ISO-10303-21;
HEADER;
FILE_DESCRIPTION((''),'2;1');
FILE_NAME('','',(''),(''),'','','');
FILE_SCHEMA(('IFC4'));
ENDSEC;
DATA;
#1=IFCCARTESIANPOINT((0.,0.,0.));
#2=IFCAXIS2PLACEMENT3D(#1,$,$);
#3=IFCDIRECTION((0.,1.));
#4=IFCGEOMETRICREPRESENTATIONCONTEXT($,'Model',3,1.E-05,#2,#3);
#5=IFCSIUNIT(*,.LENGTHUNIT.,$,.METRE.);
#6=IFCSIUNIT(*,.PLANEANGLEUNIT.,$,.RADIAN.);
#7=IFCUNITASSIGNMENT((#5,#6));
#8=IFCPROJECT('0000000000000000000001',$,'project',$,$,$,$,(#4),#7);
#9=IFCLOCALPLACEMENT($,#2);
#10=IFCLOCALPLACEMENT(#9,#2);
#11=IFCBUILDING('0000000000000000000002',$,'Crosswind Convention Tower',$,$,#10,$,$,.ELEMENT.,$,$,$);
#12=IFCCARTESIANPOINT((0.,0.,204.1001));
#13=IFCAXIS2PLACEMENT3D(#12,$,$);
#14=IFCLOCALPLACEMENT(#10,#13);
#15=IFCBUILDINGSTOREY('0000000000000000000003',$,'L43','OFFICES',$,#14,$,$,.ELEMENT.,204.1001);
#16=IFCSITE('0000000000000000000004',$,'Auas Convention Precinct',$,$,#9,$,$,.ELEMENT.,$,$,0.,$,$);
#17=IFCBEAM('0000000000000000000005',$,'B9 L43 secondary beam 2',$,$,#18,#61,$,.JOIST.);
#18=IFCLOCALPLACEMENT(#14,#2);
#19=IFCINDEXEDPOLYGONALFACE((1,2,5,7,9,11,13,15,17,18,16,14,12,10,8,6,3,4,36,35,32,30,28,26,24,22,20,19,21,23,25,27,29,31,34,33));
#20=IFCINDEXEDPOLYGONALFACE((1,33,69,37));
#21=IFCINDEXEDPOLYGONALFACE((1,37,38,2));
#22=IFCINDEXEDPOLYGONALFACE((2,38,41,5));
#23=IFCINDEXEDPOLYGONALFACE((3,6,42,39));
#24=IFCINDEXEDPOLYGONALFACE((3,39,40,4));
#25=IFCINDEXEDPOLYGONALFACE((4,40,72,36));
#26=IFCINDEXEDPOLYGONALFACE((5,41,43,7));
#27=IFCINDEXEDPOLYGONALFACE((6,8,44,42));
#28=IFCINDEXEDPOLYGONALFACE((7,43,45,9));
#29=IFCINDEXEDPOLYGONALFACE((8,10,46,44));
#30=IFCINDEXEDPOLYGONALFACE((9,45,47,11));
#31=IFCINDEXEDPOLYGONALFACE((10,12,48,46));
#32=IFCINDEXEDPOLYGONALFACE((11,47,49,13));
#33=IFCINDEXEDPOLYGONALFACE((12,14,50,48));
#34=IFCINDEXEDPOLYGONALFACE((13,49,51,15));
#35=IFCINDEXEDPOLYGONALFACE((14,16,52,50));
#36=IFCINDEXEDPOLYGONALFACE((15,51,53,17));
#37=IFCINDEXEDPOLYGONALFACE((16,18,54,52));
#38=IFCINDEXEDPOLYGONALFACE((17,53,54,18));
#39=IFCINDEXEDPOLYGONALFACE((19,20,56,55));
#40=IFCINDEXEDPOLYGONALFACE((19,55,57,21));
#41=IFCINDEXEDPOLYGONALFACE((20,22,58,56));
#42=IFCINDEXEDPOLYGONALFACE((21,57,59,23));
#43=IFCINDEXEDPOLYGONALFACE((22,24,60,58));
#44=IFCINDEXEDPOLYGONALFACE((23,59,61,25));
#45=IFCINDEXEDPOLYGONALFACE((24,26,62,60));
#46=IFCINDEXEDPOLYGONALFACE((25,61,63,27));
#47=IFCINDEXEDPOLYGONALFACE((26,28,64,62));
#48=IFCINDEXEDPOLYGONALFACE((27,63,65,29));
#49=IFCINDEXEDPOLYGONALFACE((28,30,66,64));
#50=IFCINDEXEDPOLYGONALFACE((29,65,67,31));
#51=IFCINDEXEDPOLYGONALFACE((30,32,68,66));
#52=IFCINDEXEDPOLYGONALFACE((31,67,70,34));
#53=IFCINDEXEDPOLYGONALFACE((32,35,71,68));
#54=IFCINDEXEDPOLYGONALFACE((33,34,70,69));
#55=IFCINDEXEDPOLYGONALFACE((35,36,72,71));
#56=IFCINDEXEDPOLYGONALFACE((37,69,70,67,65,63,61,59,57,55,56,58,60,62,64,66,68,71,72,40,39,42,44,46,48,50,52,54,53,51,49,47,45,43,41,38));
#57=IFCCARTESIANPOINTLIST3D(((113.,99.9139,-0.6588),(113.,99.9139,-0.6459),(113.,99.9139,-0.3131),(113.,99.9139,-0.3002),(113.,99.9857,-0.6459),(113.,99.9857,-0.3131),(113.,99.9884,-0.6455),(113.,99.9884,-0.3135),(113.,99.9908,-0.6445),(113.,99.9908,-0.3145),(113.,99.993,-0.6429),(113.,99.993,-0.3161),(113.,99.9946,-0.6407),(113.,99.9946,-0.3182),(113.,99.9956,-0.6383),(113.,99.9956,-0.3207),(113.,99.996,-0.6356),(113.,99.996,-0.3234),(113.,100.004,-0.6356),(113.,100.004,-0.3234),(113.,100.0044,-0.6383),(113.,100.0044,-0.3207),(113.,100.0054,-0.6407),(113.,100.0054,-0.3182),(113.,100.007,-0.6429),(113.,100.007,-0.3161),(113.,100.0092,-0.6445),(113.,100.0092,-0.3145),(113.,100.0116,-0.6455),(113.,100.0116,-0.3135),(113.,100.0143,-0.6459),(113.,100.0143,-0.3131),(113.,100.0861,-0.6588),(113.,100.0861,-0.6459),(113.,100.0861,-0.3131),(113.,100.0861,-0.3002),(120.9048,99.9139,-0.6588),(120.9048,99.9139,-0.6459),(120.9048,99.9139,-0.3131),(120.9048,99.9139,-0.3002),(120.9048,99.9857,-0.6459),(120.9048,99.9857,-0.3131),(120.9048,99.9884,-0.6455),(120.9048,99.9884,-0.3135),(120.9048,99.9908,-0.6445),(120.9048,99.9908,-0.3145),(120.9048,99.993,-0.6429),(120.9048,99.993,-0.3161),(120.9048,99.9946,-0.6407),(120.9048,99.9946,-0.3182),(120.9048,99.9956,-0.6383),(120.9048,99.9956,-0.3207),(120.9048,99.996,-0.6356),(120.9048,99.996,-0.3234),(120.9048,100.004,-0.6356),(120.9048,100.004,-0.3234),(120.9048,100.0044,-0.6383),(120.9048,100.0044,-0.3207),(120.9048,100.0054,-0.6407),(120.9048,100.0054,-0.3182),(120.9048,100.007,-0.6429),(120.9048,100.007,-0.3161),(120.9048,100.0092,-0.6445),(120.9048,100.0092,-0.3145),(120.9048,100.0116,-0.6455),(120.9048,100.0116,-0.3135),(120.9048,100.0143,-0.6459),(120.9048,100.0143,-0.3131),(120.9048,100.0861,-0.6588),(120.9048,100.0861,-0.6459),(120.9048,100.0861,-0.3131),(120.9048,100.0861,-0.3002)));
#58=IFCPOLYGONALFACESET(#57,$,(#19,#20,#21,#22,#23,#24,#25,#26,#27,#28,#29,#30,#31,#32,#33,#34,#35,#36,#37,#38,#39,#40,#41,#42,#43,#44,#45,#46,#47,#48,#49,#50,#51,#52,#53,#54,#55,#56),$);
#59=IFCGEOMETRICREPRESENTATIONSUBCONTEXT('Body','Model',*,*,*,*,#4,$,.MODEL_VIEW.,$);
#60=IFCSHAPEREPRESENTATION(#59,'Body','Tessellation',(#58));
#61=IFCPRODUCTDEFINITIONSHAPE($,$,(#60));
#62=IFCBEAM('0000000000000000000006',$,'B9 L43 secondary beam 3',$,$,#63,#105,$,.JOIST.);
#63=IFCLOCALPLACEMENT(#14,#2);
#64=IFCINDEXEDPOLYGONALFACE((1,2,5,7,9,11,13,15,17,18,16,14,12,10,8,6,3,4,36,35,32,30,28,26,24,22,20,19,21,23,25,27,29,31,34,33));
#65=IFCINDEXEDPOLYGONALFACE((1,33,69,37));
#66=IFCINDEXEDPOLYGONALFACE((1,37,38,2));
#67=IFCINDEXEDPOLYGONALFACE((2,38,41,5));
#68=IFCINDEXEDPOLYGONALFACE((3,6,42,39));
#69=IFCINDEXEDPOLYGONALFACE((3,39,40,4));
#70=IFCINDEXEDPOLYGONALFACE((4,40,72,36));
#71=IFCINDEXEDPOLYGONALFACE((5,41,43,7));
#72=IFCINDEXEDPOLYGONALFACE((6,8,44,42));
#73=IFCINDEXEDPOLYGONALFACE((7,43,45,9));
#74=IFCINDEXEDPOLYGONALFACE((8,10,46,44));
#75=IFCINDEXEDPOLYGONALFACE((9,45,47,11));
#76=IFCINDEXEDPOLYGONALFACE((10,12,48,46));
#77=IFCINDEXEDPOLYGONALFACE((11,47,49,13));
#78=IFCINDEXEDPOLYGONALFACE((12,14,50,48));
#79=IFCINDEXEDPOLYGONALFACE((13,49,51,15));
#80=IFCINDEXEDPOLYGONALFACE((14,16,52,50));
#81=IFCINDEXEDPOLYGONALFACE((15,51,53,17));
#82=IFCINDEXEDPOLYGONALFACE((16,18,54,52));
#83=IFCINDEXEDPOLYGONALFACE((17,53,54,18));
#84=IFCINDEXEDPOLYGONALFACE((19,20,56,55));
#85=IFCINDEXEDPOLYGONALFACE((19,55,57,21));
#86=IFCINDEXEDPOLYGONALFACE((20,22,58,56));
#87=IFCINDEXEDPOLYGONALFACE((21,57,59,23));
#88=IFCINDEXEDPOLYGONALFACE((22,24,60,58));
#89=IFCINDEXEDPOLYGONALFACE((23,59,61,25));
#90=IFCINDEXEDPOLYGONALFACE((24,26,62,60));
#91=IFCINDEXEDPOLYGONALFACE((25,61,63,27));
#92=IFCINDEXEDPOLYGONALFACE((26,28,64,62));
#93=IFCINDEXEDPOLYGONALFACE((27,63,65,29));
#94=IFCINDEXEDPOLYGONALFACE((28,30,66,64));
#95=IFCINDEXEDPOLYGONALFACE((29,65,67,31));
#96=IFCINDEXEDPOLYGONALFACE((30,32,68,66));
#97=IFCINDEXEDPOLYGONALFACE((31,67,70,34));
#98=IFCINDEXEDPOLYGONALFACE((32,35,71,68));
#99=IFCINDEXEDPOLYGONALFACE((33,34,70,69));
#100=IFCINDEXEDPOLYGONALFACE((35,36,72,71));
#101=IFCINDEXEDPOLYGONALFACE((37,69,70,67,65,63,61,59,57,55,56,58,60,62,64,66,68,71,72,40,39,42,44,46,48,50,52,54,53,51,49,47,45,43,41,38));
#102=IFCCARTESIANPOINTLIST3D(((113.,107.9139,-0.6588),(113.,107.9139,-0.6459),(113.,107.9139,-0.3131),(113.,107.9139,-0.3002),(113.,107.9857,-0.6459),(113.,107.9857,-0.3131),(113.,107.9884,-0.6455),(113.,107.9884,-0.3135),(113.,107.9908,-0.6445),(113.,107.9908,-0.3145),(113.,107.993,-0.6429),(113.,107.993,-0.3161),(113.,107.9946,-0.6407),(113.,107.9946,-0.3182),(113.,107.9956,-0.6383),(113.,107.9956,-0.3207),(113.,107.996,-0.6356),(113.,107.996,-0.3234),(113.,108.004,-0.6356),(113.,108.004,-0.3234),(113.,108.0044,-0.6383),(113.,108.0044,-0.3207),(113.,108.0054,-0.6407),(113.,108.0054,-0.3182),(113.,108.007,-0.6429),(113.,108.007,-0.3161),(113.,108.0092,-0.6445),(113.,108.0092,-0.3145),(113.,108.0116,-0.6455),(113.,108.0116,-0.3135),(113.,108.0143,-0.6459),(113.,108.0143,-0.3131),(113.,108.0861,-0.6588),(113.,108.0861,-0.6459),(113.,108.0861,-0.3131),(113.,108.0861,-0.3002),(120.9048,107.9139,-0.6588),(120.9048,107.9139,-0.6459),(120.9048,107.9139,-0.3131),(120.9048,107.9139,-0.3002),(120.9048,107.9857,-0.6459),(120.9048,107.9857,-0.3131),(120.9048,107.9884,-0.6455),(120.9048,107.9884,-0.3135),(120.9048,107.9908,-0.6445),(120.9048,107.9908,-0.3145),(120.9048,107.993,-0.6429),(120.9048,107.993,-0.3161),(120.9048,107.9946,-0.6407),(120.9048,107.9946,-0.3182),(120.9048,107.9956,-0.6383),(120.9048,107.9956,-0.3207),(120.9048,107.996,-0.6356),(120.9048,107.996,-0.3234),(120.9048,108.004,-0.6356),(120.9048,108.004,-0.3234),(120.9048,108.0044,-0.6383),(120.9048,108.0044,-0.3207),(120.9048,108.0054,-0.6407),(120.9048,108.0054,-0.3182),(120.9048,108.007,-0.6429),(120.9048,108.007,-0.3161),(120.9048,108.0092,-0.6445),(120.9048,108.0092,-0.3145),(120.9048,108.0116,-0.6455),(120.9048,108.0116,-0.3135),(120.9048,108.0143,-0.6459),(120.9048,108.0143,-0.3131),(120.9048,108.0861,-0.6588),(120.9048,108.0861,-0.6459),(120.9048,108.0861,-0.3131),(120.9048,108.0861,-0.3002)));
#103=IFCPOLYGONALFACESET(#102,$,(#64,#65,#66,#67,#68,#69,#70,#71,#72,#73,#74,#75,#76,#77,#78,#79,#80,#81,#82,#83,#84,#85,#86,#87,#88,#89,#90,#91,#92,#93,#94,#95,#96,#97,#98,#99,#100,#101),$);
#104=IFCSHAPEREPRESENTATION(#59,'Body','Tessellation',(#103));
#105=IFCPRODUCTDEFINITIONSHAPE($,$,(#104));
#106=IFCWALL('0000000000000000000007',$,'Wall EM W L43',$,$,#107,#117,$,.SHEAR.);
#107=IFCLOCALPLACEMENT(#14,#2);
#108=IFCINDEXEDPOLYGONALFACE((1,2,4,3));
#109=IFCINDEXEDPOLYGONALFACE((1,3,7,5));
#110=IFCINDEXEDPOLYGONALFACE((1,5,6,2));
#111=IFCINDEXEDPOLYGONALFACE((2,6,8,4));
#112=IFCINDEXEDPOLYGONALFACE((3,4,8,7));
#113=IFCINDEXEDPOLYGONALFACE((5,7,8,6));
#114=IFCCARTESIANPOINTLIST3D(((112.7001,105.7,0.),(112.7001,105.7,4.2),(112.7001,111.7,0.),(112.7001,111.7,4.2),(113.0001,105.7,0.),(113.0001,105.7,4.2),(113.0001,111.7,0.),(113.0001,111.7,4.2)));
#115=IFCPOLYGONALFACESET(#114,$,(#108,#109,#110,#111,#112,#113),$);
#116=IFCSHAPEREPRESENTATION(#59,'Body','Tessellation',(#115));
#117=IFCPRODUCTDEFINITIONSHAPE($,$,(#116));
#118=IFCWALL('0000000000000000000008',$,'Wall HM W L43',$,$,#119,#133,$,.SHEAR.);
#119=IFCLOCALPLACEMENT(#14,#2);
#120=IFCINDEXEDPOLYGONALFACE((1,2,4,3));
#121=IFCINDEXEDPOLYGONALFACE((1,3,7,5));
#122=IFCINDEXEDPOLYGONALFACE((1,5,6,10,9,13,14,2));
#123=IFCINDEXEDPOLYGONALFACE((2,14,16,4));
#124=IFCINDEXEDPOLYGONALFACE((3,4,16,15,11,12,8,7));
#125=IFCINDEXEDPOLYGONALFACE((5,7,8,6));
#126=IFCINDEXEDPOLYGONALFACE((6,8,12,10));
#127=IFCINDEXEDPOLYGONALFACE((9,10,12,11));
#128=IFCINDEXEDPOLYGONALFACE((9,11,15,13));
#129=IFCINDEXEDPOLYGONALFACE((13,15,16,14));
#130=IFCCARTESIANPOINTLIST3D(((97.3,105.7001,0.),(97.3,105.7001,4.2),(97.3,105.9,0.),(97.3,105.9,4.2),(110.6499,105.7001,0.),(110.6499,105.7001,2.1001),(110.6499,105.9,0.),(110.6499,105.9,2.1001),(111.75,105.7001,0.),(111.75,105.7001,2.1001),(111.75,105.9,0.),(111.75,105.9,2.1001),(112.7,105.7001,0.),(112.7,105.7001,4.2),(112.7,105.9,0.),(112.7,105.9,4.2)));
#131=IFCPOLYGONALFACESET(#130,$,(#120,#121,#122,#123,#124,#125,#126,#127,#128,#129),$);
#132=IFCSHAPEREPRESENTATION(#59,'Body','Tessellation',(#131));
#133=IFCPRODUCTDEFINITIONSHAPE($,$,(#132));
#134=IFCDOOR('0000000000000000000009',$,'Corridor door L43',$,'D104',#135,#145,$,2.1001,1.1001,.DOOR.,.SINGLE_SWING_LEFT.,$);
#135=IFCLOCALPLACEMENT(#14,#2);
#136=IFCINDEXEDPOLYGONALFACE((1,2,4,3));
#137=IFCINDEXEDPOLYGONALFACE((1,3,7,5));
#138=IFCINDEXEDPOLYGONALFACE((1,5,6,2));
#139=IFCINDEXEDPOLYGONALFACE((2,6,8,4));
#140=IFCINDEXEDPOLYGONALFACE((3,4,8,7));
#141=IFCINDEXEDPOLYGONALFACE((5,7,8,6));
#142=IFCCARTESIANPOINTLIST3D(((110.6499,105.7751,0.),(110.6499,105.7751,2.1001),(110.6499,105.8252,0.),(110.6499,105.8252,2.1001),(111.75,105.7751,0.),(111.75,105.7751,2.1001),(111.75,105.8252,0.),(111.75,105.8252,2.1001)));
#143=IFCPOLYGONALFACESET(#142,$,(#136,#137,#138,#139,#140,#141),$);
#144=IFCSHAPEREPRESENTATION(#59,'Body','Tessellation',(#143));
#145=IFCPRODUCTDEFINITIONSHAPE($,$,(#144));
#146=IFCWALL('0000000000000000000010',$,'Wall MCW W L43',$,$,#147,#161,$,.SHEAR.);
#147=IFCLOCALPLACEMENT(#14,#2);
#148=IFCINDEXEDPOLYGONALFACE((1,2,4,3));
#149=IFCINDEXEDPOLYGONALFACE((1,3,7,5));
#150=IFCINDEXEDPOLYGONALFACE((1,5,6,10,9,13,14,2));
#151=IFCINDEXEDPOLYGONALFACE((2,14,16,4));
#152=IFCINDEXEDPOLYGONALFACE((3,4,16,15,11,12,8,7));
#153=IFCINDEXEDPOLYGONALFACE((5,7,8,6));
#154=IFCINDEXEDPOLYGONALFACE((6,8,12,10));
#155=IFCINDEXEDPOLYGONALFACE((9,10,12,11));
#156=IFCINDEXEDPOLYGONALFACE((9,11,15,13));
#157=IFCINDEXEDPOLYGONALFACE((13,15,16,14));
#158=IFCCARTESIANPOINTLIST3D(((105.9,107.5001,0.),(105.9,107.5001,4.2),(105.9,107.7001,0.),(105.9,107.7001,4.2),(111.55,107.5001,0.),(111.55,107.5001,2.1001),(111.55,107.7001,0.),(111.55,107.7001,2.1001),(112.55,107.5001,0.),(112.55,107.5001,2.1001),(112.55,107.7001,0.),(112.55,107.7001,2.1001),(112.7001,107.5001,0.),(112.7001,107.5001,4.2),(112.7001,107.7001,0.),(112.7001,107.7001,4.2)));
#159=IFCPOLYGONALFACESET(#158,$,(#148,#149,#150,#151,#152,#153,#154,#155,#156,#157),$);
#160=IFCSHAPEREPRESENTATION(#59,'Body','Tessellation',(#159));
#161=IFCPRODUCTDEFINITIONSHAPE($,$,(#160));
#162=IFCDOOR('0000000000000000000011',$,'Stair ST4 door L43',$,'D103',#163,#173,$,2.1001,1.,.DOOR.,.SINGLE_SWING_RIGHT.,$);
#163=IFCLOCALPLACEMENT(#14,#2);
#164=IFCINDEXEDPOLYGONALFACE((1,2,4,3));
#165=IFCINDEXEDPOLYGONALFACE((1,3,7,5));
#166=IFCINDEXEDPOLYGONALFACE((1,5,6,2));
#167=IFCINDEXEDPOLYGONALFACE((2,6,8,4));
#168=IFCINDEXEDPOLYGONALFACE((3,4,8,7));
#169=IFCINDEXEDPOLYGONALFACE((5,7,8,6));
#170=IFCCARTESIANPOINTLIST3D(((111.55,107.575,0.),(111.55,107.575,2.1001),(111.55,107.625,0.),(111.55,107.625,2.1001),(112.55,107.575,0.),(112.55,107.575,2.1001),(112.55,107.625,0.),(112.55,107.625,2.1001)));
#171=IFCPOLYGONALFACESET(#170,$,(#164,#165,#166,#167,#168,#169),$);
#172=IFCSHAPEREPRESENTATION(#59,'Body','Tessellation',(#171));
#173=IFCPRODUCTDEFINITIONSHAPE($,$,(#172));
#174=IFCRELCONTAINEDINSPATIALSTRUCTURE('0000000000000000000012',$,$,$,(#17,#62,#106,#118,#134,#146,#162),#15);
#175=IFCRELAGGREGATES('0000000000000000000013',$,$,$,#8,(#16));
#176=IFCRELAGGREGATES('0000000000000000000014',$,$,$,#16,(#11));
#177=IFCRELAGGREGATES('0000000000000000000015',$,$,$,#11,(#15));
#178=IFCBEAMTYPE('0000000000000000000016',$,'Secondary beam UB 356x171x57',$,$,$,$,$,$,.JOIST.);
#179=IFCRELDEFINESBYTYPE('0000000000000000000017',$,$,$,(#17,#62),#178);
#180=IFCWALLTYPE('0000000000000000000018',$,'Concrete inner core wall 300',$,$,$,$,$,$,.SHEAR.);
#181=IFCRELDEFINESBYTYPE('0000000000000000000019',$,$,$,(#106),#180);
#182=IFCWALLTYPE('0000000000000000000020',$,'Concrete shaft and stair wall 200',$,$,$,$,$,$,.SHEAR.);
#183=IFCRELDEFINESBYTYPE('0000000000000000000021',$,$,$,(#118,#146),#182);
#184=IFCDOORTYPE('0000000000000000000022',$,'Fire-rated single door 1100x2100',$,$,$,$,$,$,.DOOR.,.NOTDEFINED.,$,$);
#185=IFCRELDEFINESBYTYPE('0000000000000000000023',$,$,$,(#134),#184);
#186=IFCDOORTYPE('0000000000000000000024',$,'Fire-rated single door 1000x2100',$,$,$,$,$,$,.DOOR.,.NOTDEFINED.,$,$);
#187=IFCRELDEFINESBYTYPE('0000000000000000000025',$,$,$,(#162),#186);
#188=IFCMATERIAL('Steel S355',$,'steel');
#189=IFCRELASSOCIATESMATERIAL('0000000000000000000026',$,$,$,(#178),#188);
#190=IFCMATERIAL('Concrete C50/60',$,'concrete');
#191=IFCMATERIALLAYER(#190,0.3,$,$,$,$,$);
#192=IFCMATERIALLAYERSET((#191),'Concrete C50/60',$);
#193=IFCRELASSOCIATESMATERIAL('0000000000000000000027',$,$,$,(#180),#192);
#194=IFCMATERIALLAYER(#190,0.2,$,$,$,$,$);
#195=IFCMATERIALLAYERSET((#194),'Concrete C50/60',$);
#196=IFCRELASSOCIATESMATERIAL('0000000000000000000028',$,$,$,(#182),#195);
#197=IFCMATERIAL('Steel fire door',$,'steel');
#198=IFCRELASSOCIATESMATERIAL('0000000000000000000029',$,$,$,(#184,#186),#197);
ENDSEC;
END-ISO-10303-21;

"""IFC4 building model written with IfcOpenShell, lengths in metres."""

from ifc_helpers import new_model, si_unit, direction, frame, frame_2d, origin, origin_2d, place, context, subcontext, project, spatial, rectangle, i_section, extrude, material, layer, layer_set, material_profile, profile_set, type_object, element, fill, save


model = new_model("IFC4")

# Units and contexts
model_context = context("Model", 3, precision=1e-05, world=origin(), true_north=direction((0.0, 1.0)))
body_context = subcontext(model_context, "Body", "Model", "MODEL_VIEW")
ifc_project = project(units=[si_unit("LENGTHUNIT", "METRE"), si_unit("PLANEANGLEUNIT", "RADIAN")], contexts=[model_context])

# Site, building, storey
site_placement = place(None, origin())
site = spatial("IfcSite", under=ifc_project, at=site_placement, Name="Auas Convention Precinct", CompositionType="ELEMENT", RefElevation=0.0)
building_placement = place(site_placement, origin())
building = spatial("IfcBuilding", under=site, at=building_placement, Name="Crosswind Convention Tower", CompositionType="ELEMENT")
storey_placement = place(building_placement, frame((0.0, 0.0, 204.1001)))
storey = spatial("IfcBuildingStorey", under=building, at=storey_placement, Name="L43", Description="OFFICES", CompositionType="ELEMENT", Elevation=204.1001)

# Beams
ifc_material_1 = material(Name="Steel S355", Category="steel")
ifc_material_profile_1 = material_profile(ifc_material_1, i_section(OverallWidth=0.1721, OverallDepth=0.3586, WebThickness=0.0081, FlangeThickness=0.0129, FilletRadius=0.0103, at=origin_2d()), Name="UB 356x171x57")
ifc_profile_set_1 = profile_set([ifc_material_profile_1], Name="Steel S355")
beam_type_1 = type_object("IfcBeamType", Name="Secondary beam UB 356x171x57", PredefinedType="JOIST", material=ifc_profile_set_1)
for number, where, z_axis, x_axis, name in (
    (1, (113.0, 100.0, -0.4795), (1.0, 0.0, 0.0), (0.0, 1.0, 0.0), "B9 L43 secondary beam 2"),
    (2, (113.0, 108.0, -0.4795), (1.0, 0.0, 0.0), (0.0, 1.0, 0.0), "B9 L43 secondary beam 3"),
):
    element("IfcBeam", number, at=place(storey_placement, frame(where, z_axis=z_axis, x_axis=x_axis)), inside=storey, type_object=beam_type_1, Name=name, PredefinedType="JOIST", context=body_context, shape_type="SweptSolid", body=[
        extrude(i_section(OverallWidth=0.1721, OverallDepth=0.3586, WebThickness=0.0081, FlangeThickness=0.0129, FilletRadius=0.0103, at=origin_2d()), origin(), (0.0, 0.0, 1.0), 7.9048),
    ])

# Shared definitions
ifc_material_2 = material(Name="Concrete C50/60", Category="concrete")
ifc_layer_1 = layer(ifc_material_2, 0.3)
ifc_layer_set_1 = layer_set([ifc_layer_1], Name="Concrete C50/60")
wall_type_1 = type_object("IfcWallType", Name="Concrete inner core wall 300", PredefinedType="SHEAR", material=ifc_layer_set_1)

# Wall
wall_1_placement = place(storey_placement, frame((112.8501, 111.7, 0.0), z_axis=(0.0, 0.0, 1.0), x_axis=(0.0, -1.0, 0.0)))
element("IfcWall", 3, at=wall_1_placement, inside=storey, type_object=wall_type_1, Name="Wall EM W L43", PredefinedType="SHEAR", context=body_context, shape_type="SweptSolid", body=[
    extrude(rectangle(XDim=6.0, YDim=0.3, at=frame_2d((3.0, 0.0))), origin(), (0.0, 0.0, 1.0), 4.2),
])

# Walls, openings, doors
ifc_layer_2 = layer(ifc_material_2, 0.2)
ifc_layer_set_2 = layer_set([ifc_layer_2], Name="Concrete C50/60")
wall_type_2 = type_object("IfcWallType", Name="Concrete shaft and stair wall 200", PredefinedType="SHEAR", material=ifc_layer_set_2)
wall_2_placement = place(storey_placement, frame((112.7, 105.8, 0.0), z_axis=(0.0, 0.0, 1.0), x_axis=(-1.0, 0.0, 0.0)))
wall_2 = element("IfcWall", 4, at=wall_2_placement, inside=storey, type_object=wall_type_2, Name="Wall HM W L43", PredefinedType="SHEAR", context=body_context, shape_type="SweptSolid", body=[
    extrude(rectangle(XDim=15.3999, YDim=0.2, at=frame_2d((7.7, 0.0))), origin(), (0.0, 0.0, 1.0), 4.2),
])
opening_1_placement = place(wall_2_placement, frame((0.95, 0.0, 0.0)))
opening_1 = element("IfcOpeningElement", 5, at=opening_1_placement, cuts=wall_2, PredefinedType="OPENING", context=body_context, shape_type="SweptSolid", body=[
    extrude(rectangle(XDim=1.1001, YDim=2.1001, at=frame_2d((0.55, 1.05))), frame((0.0, 0.1099, 0.0), z_axis=(0.0, -1.0, 0.0), x_axis=(1.0, 0.0, 0.0)), (0.0, 0.0, 1.0), 0.22),
])
ifc_material_3 = material(Name="Steel fire door", Category="steel")
door_type_1 = type_object("IfcDoorType", Name="Fire-rated single door 1100x2100", OperationType="NOTDEFINED", PredefinedType="DOOR", material=ifc_material_3)
door_1_placement = place(opening_1_placement, origin())
door_1 = element("IfcDoor", 6, at=door_1_placement, inside=storey, type_object=door_type_1, Name="Corridor door L43", ObjectType="D104", OperationType="SINGLE_SWING_LEFT", OverallHeight=2.1001, OverallWidth=1.1001, PredefinedType="DOOR", context=body_context, shape_type="SweptSolid", body=[
    extrude(rectangle(XDim=1.1001, YDim=2.1001, at=frame_2d((0.55, 1.05))), frame((0.0, 0.0249, 0.0), z_axis=(0.0, -1.0, 0.0), x_axis=(1.0, 0.0, 0.0)), (0.0, 0.0, 1.0), 0.05),
])
fill(opening_1, door_1)
wall_3_placement = place(storey_placement, frame((112.7, 107.6001, 0.0), z_axis=(0.0, 0.0, 1.0), x_axis=(-1.0, 0.0, 0.0)))
wall_3 = element("IfcWall", 7, at=wall_3_placement, inside=storey, type_object=wall_type_2, Name="Wall MCW W L43", PredefinedType="SHEAR", context=body_context, shape_type="SweptSolid", body=[
    extrude(rectangle(XDim=6.8, YDim=0.2, at=frame_2d((3.3999, 0.0))), origin(), (0.0, 0.0, 1.0), 4.2),
])
opening_2_placement = place(wall_3_placement, frame((0.1499, 0.0, 0.0)))
opening_2 = element("IfcOpeningElement", 8, at=opening_2_placement, cuts=wall_3, PredefinedType="OPENING", context=body_context, shape_type="SweptSolid", body=[
    extrude(rectangle(XDim=1.0, YDim=2.1001, at=frame_2d((0.5, 1.05))), frame((0.0, 0.1099, 0.0), z_axis=(0.0, -1.0, 0.0), x_axis=(1.0, 0.0, 0.0)), (0.0, 0.0, 1.0), 0.22),
])
door_type_2 = type_object("IfcDoorType", Name="Fire-rated single door 1000x2100", OperationType="NOTDEFINED", PredefinedType="DOOR", material=ifc_material_3)
door_2_placement = place(opening_2_placement, frame((1.0, 0.0, 0.0), z_axis=(0.0, 0.0, 1.0), x_axis=(-1.0, 0.0, 0.0)))
door_2 = element("IfcDoor", 9, at=door_2_placement, inside=storey, type_object=door_type_2, Name="Stair ST4 door L43", ObjectType="D103", OperationType="SINGLE_SWING_RIGHT", OverallHeight=2.1001, OverallWidth=1.0, PredefinedType="DOOR", context=body_context, shape_type="SweptSolid", body=[
    extrude(rectangle(XDim=1.0, YDim=2.1001, at=frame_2d((0.5, 1.05))), frame((0.0, 0.0249, 0.0), z_axis=(0.0, -1.0, 0.0), x_axis=(1.0, 0.0, 0.0)), (0.0, 0.0, 1.0), 0.05),
])
fill(opening_2, door_2)

save(model, "model.ifc")
